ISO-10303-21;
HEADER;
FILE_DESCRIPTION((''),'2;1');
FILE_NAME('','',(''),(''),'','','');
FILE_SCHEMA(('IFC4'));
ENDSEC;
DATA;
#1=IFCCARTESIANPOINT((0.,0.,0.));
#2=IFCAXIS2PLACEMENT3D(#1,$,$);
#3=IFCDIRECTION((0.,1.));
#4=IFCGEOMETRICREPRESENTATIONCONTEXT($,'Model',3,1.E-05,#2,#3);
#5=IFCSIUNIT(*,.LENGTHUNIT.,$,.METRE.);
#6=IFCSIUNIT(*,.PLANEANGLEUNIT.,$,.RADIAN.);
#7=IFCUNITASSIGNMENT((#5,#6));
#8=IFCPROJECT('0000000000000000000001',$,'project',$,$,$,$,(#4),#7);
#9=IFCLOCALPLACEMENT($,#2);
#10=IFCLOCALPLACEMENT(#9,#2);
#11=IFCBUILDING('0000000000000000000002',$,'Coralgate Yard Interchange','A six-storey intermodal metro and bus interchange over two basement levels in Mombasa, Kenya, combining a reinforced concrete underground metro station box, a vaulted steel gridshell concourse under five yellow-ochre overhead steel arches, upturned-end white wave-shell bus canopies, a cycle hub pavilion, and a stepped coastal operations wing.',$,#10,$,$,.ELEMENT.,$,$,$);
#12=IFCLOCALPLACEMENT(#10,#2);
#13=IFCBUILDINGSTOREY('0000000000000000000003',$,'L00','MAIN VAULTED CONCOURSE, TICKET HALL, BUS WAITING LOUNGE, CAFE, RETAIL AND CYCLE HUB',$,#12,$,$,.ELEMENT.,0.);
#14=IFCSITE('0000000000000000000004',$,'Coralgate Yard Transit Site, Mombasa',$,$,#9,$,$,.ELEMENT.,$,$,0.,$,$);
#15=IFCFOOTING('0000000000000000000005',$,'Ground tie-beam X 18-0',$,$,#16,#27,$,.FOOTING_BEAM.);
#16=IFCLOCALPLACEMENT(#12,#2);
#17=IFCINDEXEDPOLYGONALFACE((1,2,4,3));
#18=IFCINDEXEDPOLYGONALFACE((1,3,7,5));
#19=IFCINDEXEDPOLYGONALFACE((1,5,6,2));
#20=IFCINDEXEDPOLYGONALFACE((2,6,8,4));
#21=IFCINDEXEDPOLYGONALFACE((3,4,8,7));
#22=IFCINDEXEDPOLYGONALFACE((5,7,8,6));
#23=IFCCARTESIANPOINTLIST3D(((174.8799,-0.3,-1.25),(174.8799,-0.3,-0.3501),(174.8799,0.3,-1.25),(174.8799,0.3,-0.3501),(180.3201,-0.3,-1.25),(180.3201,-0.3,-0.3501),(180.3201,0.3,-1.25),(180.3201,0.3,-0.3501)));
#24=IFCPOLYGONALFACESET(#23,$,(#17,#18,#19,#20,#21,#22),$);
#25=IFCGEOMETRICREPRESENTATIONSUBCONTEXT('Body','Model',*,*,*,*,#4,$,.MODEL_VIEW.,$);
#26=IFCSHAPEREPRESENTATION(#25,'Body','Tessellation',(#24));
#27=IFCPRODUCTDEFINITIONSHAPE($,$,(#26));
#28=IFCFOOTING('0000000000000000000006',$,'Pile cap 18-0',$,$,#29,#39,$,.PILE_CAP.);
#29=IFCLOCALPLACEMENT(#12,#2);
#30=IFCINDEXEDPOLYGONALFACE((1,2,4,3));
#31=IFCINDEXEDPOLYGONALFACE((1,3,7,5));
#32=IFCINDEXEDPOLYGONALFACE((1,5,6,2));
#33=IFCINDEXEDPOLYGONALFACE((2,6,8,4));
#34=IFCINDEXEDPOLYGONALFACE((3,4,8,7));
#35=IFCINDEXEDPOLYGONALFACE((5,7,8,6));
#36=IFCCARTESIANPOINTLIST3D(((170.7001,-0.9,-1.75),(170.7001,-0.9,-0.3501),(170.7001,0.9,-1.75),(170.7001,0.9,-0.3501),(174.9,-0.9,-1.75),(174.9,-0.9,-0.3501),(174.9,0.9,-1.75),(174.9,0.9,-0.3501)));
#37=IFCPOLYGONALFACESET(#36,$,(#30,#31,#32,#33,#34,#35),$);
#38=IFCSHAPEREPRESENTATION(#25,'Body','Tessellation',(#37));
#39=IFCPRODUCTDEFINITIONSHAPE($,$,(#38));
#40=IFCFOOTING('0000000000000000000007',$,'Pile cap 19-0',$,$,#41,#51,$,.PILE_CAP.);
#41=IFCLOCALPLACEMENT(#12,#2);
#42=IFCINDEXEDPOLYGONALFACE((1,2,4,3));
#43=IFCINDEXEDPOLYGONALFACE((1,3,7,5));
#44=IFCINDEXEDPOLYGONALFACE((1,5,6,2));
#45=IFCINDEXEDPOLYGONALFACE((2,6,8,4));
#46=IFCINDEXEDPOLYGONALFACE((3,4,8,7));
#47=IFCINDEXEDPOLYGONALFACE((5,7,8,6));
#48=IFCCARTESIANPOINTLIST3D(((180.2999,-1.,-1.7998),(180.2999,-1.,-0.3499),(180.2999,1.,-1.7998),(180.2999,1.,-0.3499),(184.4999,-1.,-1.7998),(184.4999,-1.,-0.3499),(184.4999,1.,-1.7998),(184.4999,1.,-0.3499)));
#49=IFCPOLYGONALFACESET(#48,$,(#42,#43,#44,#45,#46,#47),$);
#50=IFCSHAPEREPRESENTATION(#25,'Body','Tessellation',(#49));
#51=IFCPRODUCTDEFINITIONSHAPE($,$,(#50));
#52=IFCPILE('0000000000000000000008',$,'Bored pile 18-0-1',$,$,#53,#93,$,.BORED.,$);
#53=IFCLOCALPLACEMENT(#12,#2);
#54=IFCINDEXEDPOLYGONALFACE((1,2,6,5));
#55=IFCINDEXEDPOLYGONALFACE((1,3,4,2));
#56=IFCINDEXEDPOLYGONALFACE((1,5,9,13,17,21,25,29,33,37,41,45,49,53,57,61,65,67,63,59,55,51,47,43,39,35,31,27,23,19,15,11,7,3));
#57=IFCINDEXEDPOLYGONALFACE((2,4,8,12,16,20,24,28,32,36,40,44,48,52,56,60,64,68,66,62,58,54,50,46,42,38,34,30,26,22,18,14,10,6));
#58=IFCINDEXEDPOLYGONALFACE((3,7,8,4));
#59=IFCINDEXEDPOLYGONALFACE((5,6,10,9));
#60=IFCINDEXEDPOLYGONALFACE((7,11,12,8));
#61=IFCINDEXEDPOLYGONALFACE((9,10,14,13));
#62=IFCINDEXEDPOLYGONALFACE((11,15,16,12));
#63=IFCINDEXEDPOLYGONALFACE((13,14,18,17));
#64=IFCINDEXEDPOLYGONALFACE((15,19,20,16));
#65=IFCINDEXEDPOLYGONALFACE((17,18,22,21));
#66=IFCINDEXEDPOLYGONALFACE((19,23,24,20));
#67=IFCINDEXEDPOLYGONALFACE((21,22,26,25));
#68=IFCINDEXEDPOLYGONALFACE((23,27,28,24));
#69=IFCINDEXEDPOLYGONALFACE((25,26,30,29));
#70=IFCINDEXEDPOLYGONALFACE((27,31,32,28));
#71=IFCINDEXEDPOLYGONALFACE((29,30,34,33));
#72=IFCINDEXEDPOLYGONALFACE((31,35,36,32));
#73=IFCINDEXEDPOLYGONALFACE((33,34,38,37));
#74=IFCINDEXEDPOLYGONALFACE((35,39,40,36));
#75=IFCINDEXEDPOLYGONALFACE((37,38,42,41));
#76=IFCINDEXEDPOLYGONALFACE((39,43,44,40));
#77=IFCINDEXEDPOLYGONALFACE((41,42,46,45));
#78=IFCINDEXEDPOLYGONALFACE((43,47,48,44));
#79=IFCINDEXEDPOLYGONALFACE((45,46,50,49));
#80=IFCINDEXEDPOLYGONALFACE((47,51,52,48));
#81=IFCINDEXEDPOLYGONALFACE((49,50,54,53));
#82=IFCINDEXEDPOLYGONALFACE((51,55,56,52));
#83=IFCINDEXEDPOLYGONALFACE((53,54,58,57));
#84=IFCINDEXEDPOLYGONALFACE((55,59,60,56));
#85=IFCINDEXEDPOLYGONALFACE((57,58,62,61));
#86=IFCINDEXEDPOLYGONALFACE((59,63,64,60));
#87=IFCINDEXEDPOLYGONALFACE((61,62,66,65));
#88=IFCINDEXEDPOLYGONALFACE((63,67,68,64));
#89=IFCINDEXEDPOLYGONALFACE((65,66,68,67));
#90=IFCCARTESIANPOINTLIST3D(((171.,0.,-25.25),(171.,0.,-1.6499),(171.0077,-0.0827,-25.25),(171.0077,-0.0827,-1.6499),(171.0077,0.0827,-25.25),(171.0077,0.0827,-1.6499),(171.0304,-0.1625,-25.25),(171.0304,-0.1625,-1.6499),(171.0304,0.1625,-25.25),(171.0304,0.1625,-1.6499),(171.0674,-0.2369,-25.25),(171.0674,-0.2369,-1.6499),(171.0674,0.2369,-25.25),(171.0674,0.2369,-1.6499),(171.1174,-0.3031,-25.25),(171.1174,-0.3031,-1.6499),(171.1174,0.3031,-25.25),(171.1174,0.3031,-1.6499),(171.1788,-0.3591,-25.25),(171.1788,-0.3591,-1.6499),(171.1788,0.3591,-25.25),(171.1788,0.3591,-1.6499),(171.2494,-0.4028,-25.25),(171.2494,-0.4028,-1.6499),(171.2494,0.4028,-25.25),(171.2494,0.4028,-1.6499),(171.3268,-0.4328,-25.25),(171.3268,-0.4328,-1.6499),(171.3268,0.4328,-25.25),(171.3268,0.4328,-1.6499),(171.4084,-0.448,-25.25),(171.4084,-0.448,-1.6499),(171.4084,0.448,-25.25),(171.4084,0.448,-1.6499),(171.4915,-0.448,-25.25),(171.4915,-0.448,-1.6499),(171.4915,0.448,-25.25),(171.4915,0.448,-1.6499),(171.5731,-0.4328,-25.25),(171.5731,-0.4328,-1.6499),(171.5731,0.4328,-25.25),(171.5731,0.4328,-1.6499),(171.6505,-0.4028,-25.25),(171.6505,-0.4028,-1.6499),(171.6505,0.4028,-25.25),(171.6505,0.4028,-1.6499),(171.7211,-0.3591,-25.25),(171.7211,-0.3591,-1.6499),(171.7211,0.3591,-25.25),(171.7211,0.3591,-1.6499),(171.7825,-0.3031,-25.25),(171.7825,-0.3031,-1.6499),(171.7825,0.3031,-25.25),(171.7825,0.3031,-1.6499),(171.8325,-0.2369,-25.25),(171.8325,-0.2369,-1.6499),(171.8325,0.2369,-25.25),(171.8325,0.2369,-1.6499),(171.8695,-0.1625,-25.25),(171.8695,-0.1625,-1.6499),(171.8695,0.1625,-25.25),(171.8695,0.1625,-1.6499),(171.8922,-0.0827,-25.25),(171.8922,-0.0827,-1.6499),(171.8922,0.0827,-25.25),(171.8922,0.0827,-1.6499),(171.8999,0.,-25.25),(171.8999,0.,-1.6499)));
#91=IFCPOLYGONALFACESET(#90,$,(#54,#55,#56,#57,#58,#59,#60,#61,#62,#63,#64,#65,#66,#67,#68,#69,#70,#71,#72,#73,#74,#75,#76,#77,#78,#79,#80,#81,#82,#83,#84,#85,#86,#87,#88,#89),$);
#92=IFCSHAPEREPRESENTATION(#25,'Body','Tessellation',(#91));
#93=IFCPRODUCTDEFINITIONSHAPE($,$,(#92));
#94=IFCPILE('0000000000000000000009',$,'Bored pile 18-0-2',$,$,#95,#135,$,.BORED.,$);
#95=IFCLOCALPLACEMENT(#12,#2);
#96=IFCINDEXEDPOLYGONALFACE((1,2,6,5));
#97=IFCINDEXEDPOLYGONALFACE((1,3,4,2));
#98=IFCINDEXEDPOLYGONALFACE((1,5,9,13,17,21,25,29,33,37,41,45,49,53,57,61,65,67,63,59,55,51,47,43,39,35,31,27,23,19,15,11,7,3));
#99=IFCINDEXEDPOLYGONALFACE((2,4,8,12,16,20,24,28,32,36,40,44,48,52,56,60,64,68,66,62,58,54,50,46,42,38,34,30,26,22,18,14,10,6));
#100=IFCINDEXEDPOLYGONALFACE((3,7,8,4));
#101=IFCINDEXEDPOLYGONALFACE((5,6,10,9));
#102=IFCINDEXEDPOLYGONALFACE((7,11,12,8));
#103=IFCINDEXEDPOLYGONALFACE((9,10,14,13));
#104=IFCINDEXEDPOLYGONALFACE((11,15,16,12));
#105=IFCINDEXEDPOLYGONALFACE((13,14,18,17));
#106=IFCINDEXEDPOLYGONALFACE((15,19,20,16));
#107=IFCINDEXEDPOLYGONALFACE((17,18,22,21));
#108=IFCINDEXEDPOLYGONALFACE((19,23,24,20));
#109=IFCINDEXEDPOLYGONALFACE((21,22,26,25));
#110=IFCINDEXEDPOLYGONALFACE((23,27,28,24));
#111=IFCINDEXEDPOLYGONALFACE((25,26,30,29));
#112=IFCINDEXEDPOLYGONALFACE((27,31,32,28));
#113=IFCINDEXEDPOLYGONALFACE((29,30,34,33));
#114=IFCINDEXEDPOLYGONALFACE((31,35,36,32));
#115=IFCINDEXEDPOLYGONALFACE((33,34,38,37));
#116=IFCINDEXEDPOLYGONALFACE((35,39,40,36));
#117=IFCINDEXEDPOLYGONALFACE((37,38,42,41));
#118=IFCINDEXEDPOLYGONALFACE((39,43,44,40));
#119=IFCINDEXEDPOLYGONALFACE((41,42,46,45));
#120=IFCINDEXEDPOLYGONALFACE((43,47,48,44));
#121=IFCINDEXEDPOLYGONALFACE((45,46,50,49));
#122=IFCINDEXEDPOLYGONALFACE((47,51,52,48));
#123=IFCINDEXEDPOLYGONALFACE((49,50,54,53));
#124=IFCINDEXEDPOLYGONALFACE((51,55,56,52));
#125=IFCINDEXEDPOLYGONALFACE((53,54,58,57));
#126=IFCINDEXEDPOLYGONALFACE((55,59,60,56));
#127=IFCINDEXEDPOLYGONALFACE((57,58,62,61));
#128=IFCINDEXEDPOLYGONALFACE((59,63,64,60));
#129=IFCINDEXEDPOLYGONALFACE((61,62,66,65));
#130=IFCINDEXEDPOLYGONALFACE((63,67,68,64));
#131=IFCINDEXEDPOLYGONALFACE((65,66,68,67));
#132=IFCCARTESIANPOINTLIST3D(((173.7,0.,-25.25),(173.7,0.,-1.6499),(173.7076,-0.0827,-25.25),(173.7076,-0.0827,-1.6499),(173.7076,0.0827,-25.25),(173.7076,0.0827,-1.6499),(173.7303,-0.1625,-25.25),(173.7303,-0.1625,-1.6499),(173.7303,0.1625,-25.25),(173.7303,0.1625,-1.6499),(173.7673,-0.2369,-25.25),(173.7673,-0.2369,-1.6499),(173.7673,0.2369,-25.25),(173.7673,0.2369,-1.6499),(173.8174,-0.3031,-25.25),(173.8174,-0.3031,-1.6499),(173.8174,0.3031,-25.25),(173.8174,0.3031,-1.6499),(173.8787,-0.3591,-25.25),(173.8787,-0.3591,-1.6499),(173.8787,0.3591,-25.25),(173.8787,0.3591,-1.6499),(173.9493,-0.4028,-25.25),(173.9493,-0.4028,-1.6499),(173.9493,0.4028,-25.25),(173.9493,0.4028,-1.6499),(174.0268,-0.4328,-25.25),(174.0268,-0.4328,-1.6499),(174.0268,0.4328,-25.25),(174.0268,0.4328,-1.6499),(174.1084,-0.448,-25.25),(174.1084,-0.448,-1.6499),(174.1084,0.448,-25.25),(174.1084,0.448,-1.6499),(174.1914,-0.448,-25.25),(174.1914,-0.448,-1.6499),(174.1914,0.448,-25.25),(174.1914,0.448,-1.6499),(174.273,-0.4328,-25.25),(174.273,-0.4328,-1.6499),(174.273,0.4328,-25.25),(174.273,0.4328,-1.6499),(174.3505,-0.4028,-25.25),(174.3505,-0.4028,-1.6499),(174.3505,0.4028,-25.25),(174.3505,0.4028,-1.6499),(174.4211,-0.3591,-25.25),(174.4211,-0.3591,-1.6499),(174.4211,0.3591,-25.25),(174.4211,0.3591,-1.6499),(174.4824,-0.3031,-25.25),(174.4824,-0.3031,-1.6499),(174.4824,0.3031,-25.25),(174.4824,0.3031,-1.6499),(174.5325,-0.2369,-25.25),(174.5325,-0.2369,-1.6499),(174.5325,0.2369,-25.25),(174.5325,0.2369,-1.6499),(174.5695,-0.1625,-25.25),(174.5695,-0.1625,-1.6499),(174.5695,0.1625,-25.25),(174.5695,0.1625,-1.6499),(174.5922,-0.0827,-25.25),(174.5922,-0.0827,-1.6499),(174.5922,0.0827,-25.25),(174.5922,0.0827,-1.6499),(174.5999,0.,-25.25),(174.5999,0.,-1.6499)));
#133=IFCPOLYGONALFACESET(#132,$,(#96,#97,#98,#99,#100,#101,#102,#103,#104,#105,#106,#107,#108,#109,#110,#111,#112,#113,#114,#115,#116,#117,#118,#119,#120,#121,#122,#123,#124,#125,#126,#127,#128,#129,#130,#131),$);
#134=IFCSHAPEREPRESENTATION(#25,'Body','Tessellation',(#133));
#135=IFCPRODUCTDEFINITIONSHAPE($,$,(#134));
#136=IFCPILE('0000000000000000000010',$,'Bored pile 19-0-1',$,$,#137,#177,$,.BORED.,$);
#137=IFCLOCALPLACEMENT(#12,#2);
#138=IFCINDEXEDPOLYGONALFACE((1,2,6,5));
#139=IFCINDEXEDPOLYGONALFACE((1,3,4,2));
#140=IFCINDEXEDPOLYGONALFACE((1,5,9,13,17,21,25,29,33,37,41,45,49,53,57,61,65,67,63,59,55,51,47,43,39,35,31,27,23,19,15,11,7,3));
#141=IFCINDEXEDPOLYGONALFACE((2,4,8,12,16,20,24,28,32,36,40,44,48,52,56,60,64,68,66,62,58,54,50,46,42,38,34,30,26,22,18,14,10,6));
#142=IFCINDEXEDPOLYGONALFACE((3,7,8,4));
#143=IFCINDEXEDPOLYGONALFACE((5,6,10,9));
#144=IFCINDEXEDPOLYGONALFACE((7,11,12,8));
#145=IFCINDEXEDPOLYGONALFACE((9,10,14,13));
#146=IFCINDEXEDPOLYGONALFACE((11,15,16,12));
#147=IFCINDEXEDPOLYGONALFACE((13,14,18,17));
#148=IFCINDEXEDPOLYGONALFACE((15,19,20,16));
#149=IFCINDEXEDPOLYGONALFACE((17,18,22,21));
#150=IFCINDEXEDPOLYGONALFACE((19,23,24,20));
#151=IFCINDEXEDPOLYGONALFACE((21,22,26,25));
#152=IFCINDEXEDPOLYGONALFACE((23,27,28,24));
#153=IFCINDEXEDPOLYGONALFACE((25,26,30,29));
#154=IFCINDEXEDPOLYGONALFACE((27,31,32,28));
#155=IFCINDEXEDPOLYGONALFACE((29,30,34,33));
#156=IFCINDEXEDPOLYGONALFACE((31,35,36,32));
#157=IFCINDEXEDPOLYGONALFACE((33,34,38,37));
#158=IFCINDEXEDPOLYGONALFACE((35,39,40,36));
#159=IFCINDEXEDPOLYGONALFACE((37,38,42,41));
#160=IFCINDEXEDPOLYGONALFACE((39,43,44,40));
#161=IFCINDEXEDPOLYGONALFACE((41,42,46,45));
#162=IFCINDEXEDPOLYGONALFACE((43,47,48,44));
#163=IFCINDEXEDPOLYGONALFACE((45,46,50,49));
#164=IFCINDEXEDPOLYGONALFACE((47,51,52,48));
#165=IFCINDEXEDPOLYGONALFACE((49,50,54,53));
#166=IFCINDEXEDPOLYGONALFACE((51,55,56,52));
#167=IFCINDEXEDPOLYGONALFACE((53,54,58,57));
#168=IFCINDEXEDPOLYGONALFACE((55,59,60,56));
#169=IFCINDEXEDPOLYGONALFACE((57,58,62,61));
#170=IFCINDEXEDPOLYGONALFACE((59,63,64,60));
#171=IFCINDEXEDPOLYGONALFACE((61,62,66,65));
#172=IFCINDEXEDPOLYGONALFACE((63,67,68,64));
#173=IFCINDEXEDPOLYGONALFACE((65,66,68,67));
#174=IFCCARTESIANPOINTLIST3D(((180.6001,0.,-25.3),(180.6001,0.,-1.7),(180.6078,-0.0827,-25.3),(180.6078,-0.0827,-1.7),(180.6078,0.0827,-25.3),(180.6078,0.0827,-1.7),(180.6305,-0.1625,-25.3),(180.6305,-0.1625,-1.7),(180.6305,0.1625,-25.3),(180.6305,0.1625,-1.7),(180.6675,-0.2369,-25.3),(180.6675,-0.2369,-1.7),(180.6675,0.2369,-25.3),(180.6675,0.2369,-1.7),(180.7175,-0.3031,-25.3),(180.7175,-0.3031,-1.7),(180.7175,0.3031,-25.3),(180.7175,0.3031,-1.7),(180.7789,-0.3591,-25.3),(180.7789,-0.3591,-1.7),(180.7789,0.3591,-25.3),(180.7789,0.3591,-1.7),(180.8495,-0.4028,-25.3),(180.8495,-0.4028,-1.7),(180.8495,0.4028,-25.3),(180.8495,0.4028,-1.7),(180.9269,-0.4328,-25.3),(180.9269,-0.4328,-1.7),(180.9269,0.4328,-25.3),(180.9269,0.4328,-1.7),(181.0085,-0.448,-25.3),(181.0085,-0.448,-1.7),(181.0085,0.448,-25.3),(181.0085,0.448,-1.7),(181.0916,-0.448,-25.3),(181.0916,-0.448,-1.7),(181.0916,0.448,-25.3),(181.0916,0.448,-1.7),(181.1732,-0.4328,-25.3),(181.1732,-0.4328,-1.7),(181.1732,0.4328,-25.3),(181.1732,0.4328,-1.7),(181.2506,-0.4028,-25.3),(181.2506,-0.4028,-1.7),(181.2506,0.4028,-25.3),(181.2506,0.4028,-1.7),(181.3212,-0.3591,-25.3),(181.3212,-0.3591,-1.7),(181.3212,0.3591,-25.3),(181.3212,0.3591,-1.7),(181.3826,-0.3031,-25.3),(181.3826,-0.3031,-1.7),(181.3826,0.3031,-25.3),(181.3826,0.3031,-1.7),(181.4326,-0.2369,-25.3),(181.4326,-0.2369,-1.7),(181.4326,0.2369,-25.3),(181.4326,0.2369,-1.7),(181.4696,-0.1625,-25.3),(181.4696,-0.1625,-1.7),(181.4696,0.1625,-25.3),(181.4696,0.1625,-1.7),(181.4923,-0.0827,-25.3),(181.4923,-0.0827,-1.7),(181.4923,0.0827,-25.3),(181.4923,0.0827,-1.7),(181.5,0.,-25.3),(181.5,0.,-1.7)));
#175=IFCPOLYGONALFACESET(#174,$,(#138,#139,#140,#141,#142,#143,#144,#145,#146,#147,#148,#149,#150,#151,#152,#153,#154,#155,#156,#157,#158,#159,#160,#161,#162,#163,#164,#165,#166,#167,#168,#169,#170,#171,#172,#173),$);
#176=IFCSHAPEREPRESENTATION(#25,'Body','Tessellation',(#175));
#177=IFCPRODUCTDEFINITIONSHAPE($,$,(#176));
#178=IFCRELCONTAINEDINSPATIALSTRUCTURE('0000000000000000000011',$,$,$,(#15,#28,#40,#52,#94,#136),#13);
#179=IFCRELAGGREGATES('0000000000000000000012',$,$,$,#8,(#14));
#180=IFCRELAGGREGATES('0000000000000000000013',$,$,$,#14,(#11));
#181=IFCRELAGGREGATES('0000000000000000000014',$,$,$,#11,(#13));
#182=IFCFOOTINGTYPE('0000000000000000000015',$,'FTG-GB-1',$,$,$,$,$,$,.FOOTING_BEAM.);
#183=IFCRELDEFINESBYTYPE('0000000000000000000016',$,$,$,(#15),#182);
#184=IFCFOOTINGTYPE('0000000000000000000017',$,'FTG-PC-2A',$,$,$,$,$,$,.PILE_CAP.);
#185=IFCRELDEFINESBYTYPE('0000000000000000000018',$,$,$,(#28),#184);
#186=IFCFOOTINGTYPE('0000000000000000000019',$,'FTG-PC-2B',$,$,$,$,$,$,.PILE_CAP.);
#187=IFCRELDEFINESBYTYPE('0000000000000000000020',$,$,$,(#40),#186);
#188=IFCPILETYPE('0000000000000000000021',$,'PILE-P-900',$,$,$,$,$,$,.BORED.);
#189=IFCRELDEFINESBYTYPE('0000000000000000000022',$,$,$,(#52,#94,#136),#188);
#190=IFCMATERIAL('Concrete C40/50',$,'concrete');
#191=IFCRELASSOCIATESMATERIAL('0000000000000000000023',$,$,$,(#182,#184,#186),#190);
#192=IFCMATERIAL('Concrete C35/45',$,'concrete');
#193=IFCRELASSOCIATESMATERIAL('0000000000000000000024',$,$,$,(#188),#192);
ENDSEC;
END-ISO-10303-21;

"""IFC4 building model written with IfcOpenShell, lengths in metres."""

from ifc_helpers import new_model, si_unit, direction, frame, origin, origin_2d, place, context, subcontext, project, spatial, rectangle, circle, extrude, material, material_profile, profile_set, type_object, element, save


model = new_model("IFC4")

# Units and contexts
model_context = context("Model", 3, precision=1e-05, world=origin(), true_north=direction((0.0, 1.0)))
body_context = subcontext(model_context, "Body", "Model", "MODEL_VIEW")
ifc_project = project(units=[si_unit("LENGTHUNIT", "METRE"), si_unit("PLANEANGLEUNIT", "RADIAN")], contexts=[model_context])

# Site, building, storey
site_placement = place(None, origin())
site = spatial("IfcSite", under=ifc_project, at=site_placement, Name="Coralgate Yard Transit Site, Mombasa", CompositionType="ELEMENT", RefElevation=0.0)
building_placement = place(site_placement, origin())
building = spatial("IfcBuilding", under=site, at=building_placement, Name="Coralgate Yard Interchange", Description="A six-storey intermodal metro and bus interchange over two basement levels in Mombasa, Kenya, combining a reinforced concrete underground metro station box, a vaulted steel gridshell concourse under five yellow-ochre overhead steel arches, upturned-end white wave-shell bus canopies, a cycle hub pavilion, and a stepped coastal operations wing.", CompositionType="ELEMENT")
storey_placement = place(building_placement, origin())
storey = spatial("IfcBuildingStorey", under=building, at=storey_placement, Name="L00", Description="MAIN VAULTED CONCOURSE, TICKET HALL, BUS WAITING LOUNGE, CAFE, RETAIL AND CYCLE HUB", CompositionType="ELEMENT", Elevation=0.0)

# Footings
ifc_material_1 = material(Name="Concrete C40/50", Category="concrete")
ifc_material_profile_1 = material_profile(ifc_material_1, rectangle(XDim=0.6001, YDim=0.8999, at=origin_2d()), Name="RC 600x900")
ifc_profile_set_1 = profile_set([ifc_material_profile_1], Name="Concrete C40/50")
footing_type_1 = type_object("IfcFootingType", Name="FTG-GB-1", PredefinedType="FOOTING_BEAM", material=ifc_profile_set_1)
footing_1_placement = place(storey_placement, frame((174.8799, 0.0, -0.8), z_axis=(1.0, 0.0, 0.0), x_axis=(0.0, 1.0, 0.0)))
element("IfcFooting", 1, at=footing_1_placement, inside=storey, type_object=footing_type_1, Name="Ground tie-beam X 18-0", PredefinedType="FOOTING_BEAM", context=body_context, shape_type="SweptSolid", body=[
    extrude(rectangle(XDim=0.6001, YDim=0.8999, at=origin_2d()), origin(), (0.0, 0.0, 1.0), 5.4402),
])
footing_type_2 = type_object("IfcFootingType", Name="FTG-PC-2A", PredefinedType="PILE_CAP", material=ifc_material_1)
footing_2_placement = place(storey_placement, frame((172.8, 0.0, -1.75), z_axis=(0.0, 0.0, 1.0), x_axis=(1.0, 0.0, 0.0)))
element("IfcFooting", 2, at=footing_2_placement, inside=storey, type_object=footing_type_2, Name="Pile cap 18-0", PredefinedType="PILE_CAP", context=body_context, shape_type="SweptSolid", body=[
    extrude(rectangle(XDim=4.2, YDim=1.8, at=origin_2d()), origin(), (0.0, 0.0, 1.0), 1.3999),
])
footing_type_3 = type_object("IfcFootingType", Name="FTG-PC-2B", PredefinedType="PILE_CAP", material=ifc_material_1)
footing_3_placement = place(storey_placement, frame((182.3999, 0.0, -1.7998), z_axis=(0.0, 0.0, 1.0), x_axis=(1.0, 0.0, 0.0)))
element("IfcFooting", 3, at=footing_3_placement, inside=storey, type_object=footing_type_3, Name="Pile cap 19-0", PredefinedType="PILE_CAP", context=body_context, shape_type="SweptSolid", body=[
    extrude(rectangle(XDim=4.2, YDim=2.0, at=origin_2d()), origin(), (0.0, 0.0, 1.0), 1.45),
])

# Piles
ifc_material_2 = material(Name="Concrete C35/45", Category="concrete")
ifc_material_profile_2 = material_profile(ifc_material_2, circle(Radius=0.45, at=origin_2d()), Name="BORED PILE D900")
ifc_profile_set_2 = profile_set([ifc_material_profile_2], Name="Concrete C35/45")
pile_type = type_object("IfcPileType", Name="PILE-P-900", PredefinedType="BORED", material=ifc_profile_set_2)
for number, where, z_axis, x_axis, name in (
    (4, (171.45, 0.0, -1.6499), (0.0, 0.0, -1.0), (1.0, 0.0, 0.0), "Bored pile 18-0-1"),
    (5, (174.1499, 0.0, -1.6499), (0.0, 0.0, -1.0), (1.0, 0.0, 0.0), "Bored pile 18-0-2"),
    (6, (181.05, 0.0, -1.7), (0.0, 0.0, -1.0), (1.0, 0.0, 0.0), "Bored pile 19-0-1"),
):
    element("IfcPile", number, at=place(storey_placement, frame(where, z_axis=z_axis, x_axis=x_axis)), inside=storey, type_object=pile_type, Name=name, PredefinedType="BORED", context=body_context, shape_type="SweptSolid", body=[
        extrude(circle(Radius=0.45, at=origin_2d()), origin(), (0.0, 0.0, 1.0), 23.6001),
    ])

save(model, "model.ifc")
